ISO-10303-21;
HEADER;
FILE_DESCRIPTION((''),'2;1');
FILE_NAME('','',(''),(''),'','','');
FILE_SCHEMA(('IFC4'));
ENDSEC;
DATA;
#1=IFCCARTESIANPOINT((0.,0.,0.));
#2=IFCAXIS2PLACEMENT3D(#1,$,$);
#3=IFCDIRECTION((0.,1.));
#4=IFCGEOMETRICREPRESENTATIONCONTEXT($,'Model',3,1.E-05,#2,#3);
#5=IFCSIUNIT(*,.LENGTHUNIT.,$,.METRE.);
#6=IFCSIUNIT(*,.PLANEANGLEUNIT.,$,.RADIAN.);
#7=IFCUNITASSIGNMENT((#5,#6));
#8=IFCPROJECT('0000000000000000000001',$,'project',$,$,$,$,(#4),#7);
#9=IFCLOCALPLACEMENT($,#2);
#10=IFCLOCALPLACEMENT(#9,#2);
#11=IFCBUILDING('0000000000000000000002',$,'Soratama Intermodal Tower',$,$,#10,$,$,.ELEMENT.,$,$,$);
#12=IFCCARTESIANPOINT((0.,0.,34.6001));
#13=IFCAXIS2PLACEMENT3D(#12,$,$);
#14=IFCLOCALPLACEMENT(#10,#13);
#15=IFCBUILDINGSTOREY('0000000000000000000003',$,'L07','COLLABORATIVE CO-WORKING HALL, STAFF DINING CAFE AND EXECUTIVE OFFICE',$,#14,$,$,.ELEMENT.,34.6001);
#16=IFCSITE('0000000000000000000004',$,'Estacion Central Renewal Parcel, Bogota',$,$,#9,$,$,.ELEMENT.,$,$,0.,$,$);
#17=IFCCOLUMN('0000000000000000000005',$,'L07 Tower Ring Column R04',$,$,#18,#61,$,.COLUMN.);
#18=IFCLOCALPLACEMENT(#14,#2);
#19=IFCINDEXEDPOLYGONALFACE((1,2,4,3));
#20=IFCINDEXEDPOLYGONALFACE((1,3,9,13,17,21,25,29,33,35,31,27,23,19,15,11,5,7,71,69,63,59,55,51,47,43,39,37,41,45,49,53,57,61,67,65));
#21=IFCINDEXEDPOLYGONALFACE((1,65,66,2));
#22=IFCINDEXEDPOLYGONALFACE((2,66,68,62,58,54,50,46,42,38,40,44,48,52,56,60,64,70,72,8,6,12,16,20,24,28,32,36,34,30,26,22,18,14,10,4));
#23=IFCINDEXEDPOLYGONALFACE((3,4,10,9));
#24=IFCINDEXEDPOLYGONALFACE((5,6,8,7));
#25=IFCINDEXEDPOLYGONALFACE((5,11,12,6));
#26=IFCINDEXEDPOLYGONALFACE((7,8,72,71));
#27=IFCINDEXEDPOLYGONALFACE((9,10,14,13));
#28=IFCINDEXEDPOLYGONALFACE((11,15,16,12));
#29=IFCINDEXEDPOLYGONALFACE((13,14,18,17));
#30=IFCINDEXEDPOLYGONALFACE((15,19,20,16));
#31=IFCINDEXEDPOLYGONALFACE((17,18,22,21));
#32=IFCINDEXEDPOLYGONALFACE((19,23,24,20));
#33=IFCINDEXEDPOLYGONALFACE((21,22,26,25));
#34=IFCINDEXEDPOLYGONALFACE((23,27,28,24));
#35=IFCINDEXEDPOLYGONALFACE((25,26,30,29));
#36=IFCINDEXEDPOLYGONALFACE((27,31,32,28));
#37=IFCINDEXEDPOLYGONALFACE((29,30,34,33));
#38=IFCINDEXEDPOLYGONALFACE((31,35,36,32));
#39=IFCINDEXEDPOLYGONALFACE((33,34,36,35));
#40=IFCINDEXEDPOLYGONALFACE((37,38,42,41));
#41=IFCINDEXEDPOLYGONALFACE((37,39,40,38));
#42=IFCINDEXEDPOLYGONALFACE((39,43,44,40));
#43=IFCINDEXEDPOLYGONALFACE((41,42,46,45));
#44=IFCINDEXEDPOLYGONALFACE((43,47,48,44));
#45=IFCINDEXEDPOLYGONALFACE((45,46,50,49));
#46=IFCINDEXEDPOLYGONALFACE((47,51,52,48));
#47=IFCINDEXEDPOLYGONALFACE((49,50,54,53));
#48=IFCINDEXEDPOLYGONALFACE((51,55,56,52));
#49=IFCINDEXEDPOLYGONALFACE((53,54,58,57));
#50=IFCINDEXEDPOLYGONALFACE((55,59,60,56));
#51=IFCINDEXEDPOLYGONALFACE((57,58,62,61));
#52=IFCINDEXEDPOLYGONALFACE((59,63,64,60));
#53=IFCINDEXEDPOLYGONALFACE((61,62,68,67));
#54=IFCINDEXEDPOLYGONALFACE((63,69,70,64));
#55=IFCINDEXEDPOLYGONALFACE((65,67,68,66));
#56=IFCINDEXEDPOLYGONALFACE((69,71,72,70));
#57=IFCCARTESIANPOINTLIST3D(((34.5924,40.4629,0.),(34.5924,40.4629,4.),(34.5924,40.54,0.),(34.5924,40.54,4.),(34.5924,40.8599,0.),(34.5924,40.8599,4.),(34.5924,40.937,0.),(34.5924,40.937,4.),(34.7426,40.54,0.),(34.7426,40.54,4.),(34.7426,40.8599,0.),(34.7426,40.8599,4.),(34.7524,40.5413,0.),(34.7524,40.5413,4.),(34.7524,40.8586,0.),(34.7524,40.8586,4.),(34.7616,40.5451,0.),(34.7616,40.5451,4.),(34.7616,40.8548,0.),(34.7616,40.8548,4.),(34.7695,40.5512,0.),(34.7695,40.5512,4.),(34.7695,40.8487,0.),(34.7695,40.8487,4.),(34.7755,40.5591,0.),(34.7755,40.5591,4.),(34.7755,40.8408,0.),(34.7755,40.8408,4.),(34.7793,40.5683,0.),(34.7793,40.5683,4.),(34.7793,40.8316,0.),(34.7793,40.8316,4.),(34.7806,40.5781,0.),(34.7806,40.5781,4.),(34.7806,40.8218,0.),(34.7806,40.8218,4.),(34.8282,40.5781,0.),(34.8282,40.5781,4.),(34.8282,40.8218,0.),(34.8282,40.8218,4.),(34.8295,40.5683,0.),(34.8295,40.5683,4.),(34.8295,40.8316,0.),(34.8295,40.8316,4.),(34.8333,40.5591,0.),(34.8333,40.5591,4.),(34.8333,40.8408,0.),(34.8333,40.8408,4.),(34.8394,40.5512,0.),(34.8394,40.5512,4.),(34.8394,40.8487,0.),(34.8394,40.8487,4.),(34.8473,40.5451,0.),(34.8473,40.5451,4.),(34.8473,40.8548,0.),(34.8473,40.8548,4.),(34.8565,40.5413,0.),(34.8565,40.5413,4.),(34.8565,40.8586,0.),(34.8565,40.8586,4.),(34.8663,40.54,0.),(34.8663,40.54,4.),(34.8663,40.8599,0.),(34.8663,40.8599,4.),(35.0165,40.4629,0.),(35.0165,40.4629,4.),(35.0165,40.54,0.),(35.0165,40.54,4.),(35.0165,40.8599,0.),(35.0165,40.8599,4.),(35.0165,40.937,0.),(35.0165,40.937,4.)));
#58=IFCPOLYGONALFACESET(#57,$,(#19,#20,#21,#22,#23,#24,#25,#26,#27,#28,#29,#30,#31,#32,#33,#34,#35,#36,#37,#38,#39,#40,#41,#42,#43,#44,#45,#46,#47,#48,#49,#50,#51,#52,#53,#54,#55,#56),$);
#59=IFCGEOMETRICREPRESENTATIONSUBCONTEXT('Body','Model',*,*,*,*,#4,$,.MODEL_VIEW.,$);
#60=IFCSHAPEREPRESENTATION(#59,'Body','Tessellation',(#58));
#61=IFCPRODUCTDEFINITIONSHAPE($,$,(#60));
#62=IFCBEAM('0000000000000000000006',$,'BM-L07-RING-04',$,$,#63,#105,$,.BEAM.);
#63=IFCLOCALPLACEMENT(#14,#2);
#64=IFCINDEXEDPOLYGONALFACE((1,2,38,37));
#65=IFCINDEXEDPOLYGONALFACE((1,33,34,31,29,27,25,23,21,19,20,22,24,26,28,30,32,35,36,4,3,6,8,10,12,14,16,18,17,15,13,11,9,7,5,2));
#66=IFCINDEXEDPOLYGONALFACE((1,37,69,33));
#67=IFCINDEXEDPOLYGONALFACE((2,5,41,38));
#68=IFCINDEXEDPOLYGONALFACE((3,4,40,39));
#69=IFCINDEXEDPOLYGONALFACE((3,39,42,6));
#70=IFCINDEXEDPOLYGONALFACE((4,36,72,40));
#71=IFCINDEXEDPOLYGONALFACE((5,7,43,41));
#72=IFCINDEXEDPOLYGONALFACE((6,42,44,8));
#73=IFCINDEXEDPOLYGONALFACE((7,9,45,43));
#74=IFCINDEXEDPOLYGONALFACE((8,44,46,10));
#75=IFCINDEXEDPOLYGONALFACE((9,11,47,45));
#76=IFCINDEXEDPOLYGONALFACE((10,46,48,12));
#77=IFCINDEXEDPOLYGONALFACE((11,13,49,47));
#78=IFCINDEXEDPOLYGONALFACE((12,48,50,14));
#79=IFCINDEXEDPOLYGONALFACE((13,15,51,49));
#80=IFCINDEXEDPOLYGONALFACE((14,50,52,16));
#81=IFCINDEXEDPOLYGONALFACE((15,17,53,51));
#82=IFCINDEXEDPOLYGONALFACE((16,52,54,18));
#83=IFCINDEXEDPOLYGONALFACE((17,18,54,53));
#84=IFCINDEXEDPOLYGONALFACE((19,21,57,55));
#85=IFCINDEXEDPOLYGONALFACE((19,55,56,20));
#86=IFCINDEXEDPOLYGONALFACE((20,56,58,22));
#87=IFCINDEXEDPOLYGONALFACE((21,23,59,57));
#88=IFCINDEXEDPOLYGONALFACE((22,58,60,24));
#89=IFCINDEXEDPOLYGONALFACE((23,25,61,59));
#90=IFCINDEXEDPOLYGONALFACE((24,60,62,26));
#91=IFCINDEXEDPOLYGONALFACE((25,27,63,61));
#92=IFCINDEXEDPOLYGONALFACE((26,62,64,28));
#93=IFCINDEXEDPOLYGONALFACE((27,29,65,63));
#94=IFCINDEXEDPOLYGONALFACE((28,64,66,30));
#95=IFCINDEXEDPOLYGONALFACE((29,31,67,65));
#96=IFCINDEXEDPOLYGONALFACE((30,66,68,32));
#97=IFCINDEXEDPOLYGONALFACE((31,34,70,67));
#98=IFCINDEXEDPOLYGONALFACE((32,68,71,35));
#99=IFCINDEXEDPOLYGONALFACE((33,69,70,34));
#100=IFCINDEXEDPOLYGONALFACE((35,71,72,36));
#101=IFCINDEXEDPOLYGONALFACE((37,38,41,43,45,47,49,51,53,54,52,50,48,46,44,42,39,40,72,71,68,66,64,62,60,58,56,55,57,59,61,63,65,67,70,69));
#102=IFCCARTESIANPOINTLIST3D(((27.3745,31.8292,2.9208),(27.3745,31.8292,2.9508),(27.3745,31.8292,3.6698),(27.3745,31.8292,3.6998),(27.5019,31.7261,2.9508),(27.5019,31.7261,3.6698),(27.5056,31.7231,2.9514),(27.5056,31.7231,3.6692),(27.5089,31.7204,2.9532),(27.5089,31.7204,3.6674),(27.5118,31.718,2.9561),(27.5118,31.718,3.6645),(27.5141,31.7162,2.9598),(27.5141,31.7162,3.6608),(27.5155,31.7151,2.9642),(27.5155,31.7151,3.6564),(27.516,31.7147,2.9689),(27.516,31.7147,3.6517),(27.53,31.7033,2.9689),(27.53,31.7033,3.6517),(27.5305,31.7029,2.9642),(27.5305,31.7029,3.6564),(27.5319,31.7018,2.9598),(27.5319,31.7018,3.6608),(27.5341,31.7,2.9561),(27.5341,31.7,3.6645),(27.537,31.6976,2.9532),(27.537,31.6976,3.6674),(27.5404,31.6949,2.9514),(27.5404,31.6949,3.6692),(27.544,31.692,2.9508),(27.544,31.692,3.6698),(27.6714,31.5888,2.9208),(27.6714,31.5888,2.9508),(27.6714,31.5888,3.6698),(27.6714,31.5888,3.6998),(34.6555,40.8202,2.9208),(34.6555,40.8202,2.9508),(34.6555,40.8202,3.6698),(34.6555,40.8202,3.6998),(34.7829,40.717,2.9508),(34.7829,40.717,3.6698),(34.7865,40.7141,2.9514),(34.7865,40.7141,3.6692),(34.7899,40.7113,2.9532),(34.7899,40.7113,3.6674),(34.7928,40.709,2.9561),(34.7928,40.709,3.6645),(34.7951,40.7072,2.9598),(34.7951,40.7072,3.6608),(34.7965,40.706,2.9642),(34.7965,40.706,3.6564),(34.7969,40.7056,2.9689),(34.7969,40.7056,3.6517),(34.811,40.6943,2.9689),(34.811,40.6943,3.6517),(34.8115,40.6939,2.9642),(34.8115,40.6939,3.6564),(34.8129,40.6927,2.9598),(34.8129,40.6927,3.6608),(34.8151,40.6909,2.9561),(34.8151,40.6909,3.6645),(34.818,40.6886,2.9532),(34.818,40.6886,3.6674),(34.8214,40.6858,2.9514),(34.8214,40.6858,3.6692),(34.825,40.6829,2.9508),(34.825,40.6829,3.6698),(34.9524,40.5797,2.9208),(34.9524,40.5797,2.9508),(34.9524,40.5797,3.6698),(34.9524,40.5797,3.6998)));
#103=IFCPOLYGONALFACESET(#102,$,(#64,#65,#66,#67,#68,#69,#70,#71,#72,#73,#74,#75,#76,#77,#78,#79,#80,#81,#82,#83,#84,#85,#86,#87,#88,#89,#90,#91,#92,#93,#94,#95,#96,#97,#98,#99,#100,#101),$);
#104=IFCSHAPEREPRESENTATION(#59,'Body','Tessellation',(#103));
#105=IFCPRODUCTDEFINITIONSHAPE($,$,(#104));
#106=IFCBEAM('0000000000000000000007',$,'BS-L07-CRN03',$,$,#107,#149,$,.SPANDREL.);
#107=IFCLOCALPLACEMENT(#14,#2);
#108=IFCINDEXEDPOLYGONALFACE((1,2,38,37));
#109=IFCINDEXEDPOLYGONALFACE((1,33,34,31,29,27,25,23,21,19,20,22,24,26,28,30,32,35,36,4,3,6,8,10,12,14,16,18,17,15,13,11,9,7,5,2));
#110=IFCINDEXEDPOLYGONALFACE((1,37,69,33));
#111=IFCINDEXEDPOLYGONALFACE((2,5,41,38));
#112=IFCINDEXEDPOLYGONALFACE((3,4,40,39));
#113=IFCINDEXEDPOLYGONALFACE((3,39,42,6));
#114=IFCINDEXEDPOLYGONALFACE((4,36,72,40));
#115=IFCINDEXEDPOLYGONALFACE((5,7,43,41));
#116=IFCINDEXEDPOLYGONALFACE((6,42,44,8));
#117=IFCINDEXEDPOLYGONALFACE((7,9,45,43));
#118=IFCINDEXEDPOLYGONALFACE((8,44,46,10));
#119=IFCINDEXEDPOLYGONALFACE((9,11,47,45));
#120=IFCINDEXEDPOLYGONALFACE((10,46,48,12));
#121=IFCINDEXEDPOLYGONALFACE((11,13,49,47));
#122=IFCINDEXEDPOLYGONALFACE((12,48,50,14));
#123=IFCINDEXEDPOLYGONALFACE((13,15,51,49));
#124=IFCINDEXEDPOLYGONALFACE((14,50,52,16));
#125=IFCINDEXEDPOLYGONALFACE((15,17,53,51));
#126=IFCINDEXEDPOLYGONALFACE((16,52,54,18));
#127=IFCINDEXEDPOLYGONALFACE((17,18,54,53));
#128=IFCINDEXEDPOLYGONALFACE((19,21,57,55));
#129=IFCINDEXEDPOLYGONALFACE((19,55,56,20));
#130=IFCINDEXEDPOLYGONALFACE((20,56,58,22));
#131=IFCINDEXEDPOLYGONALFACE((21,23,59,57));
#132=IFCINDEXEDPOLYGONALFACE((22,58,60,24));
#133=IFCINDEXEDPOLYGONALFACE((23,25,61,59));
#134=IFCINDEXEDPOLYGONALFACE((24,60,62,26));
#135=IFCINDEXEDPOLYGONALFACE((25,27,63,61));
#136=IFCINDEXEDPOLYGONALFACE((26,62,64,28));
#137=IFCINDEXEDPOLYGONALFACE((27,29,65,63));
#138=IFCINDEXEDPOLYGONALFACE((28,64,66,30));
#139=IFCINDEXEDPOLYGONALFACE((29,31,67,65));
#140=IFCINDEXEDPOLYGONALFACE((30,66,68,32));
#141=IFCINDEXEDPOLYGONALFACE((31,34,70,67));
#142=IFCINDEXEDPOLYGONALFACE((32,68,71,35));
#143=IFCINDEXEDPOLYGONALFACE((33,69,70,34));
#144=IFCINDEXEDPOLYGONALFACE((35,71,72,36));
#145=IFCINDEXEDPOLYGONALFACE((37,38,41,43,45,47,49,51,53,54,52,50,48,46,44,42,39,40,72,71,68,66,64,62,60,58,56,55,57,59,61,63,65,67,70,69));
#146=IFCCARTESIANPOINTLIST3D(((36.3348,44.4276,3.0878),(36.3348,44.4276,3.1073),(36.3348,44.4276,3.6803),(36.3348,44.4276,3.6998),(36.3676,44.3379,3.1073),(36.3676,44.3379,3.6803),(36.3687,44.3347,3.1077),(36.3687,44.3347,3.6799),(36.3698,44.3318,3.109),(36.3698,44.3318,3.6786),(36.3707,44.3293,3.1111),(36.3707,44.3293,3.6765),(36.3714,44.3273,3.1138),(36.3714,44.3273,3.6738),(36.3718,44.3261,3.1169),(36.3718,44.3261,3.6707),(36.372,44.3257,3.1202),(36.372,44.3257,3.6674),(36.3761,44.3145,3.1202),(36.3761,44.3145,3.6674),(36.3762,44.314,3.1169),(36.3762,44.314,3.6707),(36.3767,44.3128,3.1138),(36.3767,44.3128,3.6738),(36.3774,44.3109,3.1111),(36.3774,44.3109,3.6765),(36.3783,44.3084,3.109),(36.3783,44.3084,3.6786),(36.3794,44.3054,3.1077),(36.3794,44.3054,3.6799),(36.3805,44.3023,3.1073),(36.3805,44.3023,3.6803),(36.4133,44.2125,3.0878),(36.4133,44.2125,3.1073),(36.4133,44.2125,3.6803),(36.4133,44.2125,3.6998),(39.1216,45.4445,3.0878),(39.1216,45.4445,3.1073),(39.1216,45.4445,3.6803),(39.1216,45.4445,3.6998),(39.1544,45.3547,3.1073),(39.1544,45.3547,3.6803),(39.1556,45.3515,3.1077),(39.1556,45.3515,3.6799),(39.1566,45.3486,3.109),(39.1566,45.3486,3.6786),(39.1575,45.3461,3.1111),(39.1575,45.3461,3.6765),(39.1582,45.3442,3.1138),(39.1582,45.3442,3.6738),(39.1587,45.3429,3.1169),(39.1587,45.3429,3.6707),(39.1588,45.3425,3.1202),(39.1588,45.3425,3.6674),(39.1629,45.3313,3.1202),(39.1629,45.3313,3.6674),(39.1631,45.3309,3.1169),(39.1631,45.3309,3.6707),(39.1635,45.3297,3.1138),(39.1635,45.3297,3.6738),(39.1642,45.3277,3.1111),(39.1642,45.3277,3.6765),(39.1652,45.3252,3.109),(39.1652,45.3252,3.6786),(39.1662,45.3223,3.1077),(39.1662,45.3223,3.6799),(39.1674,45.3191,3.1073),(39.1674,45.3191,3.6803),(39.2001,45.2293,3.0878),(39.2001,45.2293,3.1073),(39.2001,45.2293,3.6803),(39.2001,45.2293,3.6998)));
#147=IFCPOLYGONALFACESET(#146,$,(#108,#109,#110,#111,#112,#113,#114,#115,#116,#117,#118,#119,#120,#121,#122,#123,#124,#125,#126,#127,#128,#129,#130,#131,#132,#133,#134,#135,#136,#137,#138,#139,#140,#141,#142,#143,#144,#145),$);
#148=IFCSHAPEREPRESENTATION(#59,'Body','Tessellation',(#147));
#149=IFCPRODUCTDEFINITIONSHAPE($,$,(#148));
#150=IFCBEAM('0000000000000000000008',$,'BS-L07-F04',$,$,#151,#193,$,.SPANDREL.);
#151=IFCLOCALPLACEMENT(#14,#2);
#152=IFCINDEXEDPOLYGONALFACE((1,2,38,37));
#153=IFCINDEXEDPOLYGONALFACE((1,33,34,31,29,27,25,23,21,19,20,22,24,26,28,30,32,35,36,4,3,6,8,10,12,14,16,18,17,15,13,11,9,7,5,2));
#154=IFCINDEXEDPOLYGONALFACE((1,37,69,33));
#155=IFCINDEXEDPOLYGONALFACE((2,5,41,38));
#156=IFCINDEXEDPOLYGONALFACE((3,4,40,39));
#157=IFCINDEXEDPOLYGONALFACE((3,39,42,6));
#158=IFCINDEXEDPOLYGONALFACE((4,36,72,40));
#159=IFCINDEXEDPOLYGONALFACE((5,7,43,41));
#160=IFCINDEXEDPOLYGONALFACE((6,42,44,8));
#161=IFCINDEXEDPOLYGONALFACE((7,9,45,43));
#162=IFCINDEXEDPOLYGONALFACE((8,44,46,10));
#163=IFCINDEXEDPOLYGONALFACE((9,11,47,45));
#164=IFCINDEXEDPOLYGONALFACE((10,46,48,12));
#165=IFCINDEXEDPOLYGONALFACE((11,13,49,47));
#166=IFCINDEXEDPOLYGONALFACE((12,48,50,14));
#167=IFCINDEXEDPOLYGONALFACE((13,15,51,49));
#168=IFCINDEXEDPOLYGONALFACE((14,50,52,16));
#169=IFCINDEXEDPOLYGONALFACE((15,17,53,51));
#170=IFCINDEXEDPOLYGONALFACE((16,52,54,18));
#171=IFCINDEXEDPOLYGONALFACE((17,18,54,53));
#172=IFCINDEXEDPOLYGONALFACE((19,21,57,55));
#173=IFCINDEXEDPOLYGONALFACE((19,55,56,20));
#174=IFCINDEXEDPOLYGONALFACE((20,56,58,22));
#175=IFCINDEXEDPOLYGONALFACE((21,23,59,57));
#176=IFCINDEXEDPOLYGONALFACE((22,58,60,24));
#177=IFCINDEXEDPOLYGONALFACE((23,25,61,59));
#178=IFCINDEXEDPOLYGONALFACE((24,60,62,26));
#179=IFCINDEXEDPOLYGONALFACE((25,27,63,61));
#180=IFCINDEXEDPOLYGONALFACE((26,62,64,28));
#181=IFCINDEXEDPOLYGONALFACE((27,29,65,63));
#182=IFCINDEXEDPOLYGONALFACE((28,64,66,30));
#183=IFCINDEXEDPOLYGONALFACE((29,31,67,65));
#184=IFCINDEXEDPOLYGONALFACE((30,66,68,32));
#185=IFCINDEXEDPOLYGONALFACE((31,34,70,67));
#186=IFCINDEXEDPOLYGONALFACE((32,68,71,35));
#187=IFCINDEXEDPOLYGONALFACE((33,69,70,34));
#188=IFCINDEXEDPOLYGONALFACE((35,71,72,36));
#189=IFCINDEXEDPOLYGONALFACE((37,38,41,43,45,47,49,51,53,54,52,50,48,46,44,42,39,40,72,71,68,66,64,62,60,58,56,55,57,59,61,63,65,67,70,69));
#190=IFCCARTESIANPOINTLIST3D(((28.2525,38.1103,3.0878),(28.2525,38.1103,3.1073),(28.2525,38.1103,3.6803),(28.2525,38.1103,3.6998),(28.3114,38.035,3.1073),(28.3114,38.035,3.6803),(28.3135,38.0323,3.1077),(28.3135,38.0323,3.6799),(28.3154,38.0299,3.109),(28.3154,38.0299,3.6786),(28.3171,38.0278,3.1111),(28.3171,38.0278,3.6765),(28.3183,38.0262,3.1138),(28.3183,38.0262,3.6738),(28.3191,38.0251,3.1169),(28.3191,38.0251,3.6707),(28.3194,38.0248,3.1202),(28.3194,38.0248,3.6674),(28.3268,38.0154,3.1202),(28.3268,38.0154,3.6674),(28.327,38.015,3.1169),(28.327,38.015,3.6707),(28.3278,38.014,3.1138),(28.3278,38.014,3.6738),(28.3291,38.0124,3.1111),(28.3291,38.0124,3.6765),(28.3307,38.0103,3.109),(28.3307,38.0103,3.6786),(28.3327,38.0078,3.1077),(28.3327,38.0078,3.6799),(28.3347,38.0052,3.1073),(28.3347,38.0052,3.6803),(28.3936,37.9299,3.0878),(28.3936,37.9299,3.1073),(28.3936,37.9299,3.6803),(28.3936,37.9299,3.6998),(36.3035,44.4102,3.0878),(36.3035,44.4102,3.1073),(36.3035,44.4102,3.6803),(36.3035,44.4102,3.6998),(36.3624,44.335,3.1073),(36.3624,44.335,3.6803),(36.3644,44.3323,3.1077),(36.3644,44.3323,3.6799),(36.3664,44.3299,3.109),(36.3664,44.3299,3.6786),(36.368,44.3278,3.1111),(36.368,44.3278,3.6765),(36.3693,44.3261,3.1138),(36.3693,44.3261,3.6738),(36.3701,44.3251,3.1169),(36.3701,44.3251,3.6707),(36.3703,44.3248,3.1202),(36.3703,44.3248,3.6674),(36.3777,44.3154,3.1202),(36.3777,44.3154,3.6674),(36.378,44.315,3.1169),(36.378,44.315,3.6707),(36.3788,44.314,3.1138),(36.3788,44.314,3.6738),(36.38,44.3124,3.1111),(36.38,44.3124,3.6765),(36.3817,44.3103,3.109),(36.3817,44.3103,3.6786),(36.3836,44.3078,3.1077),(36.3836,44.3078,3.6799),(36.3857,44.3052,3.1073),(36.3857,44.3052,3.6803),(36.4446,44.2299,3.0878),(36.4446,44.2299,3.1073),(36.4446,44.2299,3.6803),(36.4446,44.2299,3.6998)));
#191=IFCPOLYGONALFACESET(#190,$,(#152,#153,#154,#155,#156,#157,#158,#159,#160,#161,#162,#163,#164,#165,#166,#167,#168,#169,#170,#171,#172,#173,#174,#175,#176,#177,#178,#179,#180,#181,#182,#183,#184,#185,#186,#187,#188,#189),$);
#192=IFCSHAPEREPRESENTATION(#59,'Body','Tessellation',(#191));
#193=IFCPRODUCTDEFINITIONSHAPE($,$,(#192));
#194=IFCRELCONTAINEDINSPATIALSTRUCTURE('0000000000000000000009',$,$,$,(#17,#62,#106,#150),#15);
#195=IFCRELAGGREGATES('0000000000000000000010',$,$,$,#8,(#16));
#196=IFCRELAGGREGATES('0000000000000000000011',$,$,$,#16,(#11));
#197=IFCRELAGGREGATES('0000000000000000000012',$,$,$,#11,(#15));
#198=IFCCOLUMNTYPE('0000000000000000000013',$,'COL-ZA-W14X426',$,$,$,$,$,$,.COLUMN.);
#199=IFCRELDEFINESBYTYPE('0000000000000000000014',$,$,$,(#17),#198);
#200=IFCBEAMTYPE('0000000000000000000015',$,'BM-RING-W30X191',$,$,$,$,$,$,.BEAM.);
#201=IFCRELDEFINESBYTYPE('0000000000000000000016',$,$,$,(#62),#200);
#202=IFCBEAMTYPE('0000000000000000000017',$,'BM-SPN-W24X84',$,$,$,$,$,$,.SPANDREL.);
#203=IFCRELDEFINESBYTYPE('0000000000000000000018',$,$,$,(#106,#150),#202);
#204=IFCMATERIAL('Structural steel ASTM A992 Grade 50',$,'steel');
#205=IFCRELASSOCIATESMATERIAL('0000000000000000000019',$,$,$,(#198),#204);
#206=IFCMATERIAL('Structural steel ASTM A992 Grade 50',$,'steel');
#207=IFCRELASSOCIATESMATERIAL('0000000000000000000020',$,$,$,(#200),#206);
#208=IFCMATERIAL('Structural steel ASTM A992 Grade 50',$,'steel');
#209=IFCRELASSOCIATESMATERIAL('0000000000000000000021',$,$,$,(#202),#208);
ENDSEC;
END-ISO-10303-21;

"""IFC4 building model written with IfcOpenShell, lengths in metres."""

from ifc_helpers import new_model, si_unit, direction, frame, origin, origin_2d, place, context, subcontext, project, spatial, i_section, extrude, material, material_profile, profile_set, type_object, element, save


model = new_model("IFC4")

# Units and contexts
model_context = context("Model", 3, precision=1e-05, world=origin(), true_north=direction((0.0, 1.0)))
body_context = subcontext(model_context, "Body", "Model", "MODEL_VIEW")
ifc_project = project(units=[si_unit("LENGTHUNIT", "METRE"), si_unit("PLANEANGLEUNIT", "RADIAN")], contexts=[model_context])

# Site, building, storey
site_placement = place(None, origin())
site = spatial("IfcSite", under=ifc_project, at=site_placement, Name="Estacion Central Renewal Parcel, Bogota", CompositionType="ELEMENT", RefElevation=0.0)
building_placement = place(site_placement, origin())
building = spatial("IfcBuilding", under=site, at=building_placement, Name="Soratama Intermodal Tower", CompositionType="ELEMENT")
storey_placement = place(building_placement, frame((0.0, 0.0, 34.6001)))
storey = spatial("IfcBuildingStorey", under=building, at=storey_placement, Name="L07", Description="COLLABORATIVE CO-WORKING HALL, STAFF DINING CAFE AND EXECUTIVE OFFICE", CompositionType="ELEMENT", Elevation=34.6001)

# Column
ifc_material_1 = material(Name="Structural steel ASTM A992 Grade 50", Category="steel")
ifc_material_profile_1 = material_profile(ifc_material_1, i_section(OverallWidth=0.4241, OverallDepth=0.4741, WebThickness=0.0476, FlangeThickness=0.0771, FilletRadius=0.0381, at=origin_2d()), Name="W14X426")
ifc_profile_set_1 = profile_set([ifc_material_profile_1], Name="Structural steel ASTM A992 Grade 50")
column_type = type_object("IfcColumnType", Name="COL-ZA-W14X426", PredefinedType="COLUMN", material=ifc_profile_set_1)
column_placement = place(storey_placement, frame((34.8044, 40.7, 0.0), z_axis=(0.0, 0.0, 1.0), x_axis=(1.0, 0.0, 0.0)))
element("IfcColumn", 1, at=column_placement, inside=storey, type_object=column_type, Name="L07 Tower Ring Column R04", PredefinedType="COLUMN", context=body_context, shape_type="SweptSolid", body=[
    extrude(i_section(OverallWidth=0.4241, OverallDepth=0.4741, WebThickness=0.0476, FlangeThickness=0.0771, FilletRadius=0.0381, at=origin_2d()), origin(), (0.0, 0.0, 1.0), 4.0),
])

# Beams
ifc_material_2 = material(Name="Structural steel ASTM A992 Grade 50", Category="steel")
ifc_material_profile_2 = material_profile(ifc_material_2, i_section(OverallWidth=0.3821, OverallDepth=0.7791, WebThickness=0.0181, FlangeThickness=0.03, FilletRadius=0.0181, at=origin_2d()), Name="W30X191")
ifc_profile_set_2 = profile_set([ifc_material_profile_2], Name="Structural steel ASTM A992 Grade 50")
beam_type_1 = type_object("IfcBeamType", Name="BM-RING-W30X191", PredefinedType="BEAM", material=ifc_profile_set_2)
beam_1_placement = place(storey_placement, frame((34.804, 40.7, 3.3103), z_axis=(-0.629334, -0.777135, 0.0), x_axis=(0.777135, -0.629334, 0.0)))
element("IfcBeam", 2, at=beam_1_placement, inside=storey, type_object=beam_type_1, Name="BM-L07-RING-04", PredefinedType="BEAM", context=body_context, shape_type="SweptSolid", body=[
    extrude(i_section(OverallWidth=0.3821, OverallDepth=0.7791, WebThickness=0.0181, FlangeThickness=0.03, FilletRadius=0.0181, at=origin_2d()), origin(), (0.0, 0.0, 1.0), 11.5693),
])
ifc_material_3 = material(Name="Structural steel ASTM A992 Grade 50", Category="steel")
ifc_material_profile_3 = material_profile(ifc_material_3, i_section(OverallWidth=0.229, OverallDepth=0.6121, WebThickness=0.012, FlangeThickness=0.0195, FilletRadius=0.0129, at=origin_2d()), Name="W24X84")
ifc_profile_set_3 = profile_set([ifc_material_profile_3], Name="Structural steel ASTM A992 Grade 50")
beam_type_2 = type_object("IfcBeamType", Name="BM-SPN-W24X84", PredefinedType="SPANDREL", material=ifc_profile_set_3)
beam_2_placement = place(storey_placement, frame((39.1609, 45.3369, 3.3938), z_axis=(-0.93942, -0.342767, 0.0), x_axis=(0.342767, -0.93942, 0.0)))
element("IfcBeam", 3, at=beam_2_placement, inside=storey, type_object=beam_type_2, Name="BS-L07-CRN03", PredefinedType="SPANDREL", context=body_context, shape_type="SweptSolid", body=[
    extrude(i_section(OverallWidth=0.229, OverallDepth=0.6121, WebThickness=0.012, FlangeThickness=0.0195, FilletRadius=0.0129, at=origin_2d()), origin(), (0.0, 0.0, 1.0), 2.9666),
])
beam_3_placement = place(storey_placement, frame((36.374, 44.3201, 3.3938), z_axis=(-0.787541, -0.616263, 0.0), x_axis=(0.616263, -0.787541, 0.0)))
element("IfcBeam", 4, at=beam_3_placement, inside=storey, type_object=beam_type_2, Name="BS-L07-F04", PredefinedType="SPANDREL", context=body_context, shape_type="SweptSolid", body=[
    extrude(i_section(OverallWidth=0.229, OverallDepth=0.6121, WebThickness=0.012, FlangeThickness=0.0195, FilletRadius=0.0129, at=origin_2d()), origin(), (0.0, 0.0, 1.0), 10.2229),
])

save(model, "model.ifc")
